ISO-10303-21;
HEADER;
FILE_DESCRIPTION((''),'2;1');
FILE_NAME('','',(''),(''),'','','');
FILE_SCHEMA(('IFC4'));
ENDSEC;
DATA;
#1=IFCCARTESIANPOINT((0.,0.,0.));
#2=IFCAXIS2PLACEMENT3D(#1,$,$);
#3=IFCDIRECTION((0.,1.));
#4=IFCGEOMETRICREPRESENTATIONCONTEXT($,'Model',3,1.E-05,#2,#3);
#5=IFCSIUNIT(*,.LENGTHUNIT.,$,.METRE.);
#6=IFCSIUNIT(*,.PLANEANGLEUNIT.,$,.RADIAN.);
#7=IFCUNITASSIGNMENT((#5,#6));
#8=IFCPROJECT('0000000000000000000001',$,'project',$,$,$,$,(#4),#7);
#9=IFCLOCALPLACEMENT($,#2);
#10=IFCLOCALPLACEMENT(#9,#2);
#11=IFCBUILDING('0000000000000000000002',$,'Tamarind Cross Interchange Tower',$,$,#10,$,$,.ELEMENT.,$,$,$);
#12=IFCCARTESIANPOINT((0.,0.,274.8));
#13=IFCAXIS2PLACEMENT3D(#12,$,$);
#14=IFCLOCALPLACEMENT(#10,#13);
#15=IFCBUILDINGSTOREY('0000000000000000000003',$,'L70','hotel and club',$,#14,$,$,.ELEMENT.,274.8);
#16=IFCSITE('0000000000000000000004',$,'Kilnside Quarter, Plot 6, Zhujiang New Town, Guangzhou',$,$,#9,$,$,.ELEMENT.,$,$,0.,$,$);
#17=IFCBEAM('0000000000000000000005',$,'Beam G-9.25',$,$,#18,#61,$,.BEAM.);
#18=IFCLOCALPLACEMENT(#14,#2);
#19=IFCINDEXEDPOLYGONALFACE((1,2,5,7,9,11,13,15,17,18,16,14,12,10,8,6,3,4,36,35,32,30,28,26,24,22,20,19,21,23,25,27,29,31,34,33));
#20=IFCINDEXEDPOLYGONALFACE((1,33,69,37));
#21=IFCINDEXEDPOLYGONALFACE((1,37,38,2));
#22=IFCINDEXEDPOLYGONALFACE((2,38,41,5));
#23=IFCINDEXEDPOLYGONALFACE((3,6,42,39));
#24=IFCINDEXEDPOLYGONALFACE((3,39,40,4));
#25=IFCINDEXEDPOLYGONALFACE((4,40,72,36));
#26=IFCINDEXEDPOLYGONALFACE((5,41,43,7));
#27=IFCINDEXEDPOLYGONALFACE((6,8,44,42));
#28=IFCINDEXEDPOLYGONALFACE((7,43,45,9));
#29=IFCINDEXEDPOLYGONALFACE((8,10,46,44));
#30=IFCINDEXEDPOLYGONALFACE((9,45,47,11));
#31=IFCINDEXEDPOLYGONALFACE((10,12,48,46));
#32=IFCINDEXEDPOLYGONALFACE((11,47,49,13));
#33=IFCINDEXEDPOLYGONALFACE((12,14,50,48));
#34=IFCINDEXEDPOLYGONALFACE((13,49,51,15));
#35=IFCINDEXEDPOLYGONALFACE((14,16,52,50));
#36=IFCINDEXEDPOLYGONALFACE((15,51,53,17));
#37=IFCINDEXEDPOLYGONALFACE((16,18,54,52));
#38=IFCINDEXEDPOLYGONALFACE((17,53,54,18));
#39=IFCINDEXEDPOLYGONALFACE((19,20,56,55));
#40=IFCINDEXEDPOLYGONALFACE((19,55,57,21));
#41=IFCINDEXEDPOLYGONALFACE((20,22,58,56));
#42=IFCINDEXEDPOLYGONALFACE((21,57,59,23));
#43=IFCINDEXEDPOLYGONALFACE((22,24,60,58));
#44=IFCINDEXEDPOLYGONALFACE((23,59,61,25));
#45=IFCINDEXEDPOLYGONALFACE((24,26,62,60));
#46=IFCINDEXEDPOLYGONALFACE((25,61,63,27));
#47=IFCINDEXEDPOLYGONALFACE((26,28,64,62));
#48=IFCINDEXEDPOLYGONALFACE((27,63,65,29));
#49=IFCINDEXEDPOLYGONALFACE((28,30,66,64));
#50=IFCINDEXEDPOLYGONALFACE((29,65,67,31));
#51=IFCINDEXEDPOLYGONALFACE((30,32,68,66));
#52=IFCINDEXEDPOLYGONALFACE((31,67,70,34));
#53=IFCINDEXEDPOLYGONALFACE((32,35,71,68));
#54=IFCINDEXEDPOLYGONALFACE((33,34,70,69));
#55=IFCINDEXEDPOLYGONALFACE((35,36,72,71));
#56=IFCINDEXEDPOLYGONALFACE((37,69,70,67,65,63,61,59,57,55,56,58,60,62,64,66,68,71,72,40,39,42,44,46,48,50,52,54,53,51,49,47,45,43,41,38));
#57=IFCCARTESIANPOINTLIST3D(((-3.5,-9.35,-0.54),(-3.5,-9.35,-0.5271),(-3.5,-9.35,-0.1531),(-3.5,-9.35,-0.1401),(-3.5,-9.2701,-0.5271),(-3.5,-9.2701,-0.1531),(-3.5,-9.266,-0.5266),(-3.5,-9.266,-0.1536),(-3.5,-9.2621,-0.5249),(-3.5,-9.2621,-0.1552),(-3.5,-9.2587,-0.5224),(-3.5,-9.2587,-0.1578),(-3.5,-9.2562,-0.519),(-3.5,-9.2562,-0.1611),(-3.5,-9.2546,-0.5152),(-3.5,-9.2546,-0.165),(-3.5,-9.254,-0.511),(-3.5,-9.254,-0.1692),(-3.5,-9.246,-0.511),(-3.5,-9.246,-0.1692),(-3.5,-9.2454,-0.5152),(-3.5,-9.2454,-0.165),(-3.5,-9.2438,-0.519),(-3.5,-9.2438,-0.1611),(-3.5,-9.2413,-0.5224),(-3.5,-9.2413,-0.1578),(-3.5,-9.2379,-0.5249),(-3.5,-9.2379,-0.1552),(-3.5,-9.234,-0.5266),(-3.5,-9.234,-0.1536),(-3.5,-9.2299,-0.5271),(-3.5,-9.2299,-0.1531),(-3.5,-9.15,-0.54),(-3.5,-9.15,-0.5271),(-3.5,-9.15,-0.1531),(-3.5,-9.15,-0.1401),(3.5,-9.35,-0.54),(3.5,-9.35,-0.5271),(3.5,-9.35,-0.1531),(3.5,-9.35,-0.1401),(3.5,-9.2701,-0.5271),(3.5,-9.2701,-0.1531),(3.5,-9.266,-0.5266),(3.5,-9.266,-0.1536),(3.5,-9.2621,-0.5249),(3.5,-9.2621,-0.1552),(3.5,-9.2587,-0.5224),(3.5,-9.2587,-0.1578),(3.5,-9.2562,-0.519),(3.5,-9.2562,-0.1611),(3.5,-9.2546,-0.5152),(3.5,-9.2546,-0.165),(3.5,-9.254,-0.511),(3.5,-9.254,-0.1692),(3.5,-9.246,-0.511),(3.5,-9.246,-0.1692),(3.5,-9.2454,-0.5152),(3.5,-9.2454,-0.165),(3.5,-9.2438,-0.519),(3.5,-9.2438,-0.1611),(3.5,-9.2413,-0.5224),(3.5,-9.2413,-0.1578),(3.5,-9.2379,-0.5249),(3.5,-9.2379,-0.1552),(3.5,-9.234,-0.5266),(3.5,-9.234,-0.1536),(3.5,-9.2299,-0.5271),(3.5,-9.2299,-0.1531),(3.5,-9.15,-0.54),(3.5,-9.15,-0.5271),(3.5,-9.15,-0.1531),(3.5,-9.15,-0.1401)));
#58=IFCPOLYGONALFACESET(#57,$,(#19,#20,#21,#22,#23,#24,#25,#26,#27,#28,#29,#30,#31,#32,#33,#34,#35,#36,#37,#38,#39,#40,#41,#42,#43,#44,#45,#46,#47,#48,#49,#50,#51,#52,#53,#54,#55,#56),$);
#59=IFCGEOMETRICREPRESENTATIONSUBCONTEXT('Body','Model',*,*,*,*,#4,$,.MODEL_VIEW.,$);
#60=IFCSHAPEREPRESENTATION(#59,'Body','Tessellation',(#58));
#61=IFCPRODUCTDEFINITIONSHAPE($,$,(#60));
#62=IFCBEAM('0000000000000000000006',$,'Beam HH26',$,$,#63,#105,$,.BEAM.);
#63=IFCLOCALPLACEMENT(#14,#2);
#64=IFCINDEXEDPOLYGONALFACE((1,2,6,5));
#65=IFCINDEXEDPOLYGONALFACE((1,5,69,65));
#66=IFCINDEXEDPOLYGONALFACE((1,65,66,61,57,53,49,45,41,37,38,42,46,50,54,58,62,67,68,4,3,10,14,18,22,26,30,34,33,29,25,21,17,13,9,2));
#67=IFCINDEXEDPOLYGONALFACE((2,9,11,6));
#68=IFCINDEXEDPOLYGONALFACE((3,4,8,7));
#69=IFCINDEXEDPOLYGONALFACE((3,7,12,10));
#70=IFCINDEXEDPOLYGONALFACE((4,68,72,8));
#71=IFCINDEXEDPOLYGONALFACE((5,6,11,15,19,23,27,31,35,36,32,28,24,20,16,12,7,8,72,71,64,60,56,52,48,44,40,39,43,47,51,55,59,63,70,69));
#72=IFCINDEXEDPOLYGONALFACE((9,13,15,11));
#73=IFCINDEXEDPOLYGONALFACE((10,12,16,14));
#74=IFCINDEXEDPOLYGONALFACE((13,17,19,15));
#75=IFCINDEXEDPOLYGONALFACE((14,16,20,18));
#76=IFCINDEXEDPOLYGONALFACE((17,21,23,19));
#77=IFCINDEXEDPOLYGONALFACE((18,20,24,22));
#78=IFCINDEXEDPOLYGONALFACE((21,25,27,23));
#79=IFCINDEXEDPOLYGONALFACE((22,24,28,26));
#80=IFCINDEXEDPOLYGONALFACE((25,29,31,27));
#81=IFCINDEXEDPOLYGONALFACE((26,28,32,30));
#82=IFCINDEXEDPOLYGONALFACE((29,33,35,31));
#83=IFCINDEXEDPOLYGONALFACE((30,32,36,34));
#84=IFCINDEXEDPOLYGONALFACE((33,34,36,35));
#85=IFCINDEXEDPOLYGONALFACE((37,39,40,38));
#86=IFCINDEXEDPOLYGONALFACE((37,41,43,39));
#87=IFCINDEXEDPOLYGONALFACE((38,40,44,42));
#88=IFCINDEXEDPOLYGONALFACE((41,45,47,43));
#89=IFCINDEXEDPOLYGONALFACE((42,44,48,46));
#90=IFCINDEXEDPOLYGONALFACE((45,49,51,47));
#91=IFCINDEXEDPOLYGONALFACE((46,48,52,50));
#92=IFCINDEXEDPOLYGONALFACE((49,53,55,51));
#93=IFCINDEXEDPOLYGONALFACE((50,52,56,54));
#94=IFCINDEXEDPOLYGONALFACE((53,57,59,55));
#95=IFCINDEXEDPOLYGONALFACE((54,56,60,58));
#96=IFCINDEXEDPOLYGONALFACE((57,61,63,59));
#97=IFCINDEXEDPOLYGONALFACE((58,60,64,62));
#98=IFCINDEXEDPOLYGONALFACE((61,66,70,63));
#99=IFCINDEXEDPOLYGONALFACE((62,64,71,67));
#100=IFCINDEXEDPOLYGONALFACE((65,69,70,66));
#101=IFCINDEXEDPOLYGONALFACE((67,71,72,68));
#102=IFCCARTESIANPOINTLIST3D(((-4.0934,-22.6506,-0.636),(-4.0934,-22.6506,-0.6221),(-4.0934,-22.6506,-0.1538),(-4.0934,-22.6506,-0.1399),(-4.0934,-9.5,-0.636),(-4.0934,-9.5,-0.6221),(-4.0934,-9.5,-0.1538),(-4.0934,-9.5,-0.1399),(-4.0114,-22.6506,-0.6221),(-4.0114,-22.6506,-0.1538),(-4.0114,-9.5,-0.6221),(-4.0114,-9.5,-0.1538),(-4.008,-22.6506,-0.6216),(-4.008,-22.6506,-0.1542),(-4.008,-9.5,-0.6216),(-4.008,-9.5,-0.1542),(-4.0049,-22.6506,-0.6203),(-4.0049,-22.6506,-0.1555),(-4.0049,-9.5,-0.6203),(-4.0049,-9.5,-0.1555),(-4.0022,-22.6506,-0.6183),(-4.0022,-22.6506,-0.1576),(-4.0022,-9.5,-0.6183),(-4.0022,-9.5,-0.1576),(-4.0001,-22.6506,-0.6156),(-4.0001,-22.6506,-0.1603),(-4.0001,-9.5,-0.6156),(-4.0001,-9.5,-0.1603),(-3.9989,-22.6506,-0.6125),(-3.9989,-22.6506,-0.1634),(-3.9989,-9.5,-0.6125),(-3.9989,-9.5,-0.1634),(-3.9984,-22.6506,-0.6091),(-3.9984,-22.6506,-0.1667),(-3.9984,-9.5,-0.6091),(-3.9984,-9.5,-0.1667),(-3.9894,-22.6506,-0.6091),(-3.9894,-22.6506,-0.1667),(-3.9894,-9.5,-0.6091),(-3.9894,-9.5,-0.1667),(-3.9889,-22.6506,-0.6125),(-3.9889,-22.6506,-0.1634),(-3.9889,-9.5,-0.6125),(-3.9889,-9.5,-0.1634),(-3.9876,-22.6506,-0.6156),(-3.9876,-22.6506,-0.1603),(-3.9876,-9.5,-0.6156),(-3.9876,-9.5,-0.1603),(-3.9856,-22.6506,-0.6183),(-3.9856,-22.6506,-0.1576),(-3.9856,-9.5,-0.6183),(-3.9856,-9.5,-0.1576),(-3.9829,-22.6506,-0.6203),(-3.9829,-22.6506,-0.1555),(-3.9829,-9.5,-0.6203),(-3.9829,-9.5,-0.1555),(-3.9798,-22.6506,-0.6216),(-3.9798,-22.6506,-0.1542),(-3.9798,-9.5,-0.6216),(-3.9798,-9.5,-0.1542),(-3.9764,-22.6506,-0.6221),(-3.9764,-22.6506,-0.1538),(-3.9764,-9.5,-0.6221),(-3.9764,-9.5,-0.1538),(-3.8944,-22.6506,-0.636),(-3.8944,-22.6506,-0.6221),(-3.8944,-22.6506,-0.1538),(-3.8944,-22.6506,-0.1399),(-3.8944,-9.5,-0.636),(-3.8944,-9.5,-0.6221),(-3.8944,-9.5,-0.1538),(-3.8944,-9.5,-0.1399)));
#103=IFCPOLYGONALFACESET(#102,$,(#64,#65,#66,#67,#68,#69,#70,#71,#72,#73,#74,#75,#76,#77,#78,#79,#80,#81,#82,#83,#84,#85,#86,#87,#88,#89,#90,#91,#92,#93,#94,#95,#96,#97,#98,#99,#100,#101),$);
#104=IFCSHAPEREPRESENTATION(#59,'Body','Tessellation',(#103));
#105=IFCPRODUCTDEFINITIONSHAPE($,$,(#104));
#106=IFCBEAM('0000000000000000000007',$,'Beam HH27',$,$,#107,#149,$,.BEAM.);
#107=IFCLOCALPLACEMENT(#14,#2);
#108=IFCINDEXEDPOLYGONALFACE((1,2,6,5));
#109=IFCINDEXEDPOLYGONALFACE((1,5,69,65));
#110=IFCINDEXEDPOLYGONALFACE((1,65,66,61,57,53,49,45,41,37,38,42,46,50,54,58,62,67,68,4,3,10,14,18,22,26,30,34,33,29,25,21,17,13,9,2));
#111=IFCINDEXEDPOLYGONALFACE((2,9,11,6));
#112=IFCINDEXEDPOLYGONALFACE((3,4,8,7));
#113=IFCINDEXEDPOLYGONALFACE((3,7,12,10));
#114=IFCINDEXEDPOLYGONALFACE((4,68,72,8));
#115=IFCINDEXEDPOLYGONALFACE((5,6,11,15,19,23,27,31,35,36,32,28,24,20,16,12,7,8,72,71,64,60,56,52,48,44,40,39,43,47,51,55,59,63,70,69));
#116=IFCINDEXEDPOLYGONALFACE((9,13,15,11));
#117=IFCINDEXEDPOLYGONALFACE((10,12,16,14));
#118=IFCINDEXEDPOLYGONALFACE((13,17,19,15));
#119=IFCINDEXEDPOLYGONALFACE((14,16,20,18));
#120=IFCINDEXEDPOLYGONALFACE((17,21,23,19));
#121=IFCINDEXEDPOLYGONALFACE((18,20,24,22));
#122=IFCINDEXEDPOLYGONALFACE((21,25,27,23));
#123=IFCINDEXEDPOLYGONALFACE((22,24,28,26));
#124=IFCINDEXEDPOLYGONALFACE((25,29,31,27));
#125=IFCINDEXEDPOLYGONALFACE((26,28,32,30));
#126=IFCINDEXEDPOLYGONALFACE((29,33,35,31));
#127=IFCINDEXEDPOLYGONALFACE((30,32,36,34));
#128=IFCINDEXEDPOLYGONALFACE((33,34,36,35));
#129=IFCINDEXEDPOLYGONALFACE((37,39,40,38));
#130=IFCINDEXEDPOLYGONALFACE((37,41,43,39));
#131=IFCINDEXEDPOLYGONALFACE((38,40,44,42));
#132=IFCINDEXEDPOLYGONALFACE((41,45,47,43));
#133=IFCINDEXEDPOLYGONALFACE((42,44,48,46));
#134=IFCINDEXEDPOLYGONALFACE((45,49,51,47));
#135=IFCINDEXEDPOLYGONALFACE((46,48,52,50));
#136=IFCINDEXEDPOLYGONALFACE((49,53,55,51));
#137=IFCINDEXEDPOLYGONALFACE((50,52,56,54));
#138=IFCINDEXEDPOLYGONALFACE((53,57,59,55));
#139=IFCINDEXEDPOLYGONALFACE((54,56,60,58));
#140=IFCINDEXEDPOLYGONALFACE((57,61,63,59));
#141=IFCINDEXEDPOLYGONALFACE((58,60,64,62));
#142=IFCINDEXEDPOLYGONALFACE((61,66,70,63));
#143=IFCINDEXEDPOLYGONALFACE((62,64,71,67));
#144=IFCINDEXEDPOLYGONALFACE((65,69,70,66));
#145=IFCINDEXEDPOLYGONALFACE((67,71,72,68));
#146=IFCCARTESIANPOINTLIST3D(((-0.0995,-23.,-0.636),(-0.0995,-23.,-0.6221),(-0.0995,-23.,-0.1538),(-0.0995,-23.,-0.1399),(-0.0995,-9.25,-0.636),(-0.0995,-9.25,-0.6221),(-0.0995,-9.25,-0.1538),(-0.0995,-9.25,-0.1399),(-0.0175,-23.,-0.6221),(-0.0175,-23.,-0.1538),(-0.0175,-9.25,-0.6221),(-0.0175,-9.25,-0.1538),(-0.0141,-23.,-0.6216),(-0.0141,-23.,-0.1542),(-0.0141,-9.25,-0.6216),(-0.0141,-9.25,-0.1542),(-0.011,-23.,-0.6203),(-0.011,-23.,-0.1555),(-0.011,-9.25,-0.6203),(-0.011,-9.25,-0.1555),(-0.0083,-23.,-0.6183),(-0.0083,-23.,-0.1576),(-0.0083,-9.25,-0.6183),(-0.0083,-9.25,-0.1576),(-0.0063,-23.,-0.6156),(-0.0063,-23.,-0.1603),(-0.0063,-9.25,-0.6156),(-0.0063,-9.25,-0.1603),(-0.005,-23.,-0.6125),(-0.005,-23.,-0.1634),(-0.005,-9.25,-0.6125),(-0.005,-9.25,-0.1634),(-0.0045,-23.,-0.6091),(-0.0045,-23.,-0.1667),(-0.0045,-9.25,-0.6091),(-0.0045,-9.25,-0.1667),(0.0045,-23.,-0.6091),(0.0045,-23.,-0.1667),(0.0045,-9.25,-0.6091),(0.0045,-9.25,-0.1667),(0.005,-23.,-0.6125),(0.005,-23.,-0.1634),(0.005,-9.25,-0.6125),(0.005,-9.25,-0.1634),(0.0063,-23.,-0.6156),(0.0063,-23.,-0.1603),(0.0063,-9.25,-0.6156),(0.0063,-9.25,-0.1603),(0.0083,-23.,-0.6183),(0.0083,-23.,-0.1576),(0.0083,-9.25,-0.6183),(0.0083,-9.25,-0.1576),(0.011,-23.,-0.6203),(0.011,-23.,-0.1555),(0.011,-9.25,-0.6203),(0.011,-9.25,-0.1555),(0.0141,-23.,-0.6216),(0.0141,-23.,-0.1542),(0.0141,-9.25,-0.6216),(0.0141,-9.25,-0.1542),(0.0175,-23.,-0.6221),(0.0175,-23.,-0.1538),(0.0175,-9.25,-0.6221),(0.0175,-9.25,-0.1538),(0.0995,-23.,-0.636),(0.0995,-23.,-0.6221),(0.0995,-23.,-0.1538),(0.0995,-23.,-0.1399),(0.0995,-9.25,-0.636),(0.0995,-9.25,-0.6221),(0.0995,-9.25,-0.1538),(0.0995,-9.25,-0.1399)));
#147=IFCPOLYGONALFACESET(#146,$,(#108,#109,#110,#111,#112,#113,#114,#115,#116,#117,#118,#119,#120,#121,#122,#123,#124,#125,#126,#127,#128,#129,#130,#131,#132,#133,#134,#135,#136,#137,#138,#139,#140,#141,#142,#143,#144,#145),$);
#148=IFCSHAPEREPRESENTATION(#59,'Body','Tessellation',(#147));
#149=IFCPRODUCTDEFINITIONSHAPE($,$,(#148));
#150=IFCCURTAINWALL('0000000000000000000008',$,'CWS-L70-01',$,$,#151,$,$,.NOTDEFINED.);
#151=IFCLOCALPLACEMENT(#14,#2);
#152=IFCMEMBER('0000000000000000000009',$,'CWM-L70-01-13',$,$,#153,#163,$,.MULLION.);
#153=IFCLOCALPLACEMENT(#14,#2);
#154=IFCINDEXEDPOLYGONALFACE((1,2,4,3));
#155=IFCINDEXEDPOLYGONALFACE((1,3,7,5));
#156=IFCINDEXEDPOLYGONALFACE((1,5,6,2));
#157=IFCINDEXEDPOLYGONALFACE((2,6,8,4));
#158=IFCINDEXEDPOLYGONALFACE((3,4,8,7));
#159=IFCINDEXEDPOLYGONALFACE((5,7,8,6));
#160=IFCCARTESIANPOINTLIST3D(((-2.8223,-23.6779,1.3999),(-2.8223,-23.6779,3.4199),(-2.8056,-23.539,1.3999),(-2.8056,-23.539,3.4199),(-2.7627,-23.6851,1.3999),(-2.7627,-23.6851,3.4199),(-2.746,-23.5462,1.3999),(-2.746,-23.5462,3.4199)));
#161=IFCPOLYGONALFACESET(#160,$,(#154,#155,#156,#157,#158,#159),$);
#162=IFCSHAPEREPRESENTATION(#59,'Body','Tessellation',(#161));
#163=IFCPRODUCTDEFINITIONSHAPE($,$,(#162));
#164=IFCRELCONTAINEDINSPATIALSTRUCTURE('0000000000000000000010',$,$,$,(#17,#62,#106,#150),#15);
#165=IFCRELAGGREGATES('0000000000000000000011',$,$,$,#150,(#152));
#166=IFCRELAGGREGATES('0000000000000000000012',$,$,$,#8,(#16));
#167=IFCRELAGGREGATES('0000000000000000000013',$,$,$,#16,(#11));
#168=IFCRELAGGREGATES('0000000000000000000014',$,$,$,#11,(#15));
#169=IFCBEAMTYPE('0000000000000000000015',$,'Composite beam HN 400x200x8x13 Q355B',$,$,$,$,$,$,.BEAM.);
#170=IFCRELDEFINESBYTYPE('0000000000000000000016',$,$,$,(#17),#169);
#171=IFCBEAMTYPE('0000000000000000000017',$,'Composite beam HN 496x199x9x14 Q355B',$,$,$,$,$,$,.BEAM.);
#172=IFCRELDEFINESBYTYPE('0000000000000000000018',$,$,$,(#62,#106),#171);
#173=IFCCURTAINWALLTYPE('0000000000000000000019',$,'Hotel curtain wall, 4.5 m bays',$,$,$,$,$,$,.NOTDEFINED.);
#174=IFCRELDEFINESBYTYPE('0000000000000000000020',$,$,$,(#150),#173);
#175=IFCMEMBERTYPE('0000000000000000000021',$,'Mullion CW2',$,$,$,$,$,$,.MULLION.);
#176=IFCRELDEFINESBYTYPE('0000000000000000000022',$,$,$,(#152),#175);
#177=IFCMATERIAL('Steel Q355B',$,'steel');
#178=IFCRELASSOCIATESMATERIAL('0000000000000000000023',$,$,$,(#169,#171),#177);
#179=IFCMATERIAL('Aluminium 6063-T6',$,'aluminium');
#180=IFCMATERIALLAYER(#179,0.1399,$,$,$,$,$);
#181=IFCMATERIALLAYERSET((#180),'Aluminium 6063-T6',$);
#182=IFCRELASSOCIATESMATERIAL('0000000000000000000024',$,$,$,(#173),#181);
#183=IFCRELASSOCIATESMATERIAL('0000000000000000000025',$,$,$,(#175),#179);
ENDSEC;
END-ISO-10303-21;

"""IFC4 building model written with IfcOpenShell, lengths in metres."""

from ifc_helpers import new_model, si_unit, direction, frame, origin, origin_2d, place, context, subcontext, project, spatial, rectangle, i_section, extrude, material, layer, layer_set, material_profile, profile_set, type_object, element, aggregate, save


model = new_model("IFC4")

# Units and contexts
model_context = context("Model", 3, precision=1e-05, world=origin(), true_north=direction((0.0, 1.0)))
body_context = subcontext(model_context, "Body", "Model", "MODEL_VIEW")
ifc_project = project(units=[si_unit("LENGTHUNIT", "METRE"), si_unit("PLANEANGLEUNIT", "RADIAN")], contexts=[model_context])

# Site, building, storey
site_placement = place(None, origin())
site = spatial("IfcSite", under=ifc_project, at=site_placement, Name="Kilnside Quarter, Plot 6, Zhujiang New Town, Guangzhou", CompositionType="ELEMENT", RefElevation=0.0)
building_placement = place(site_placement, origin())
building = spatial("IfcBuilding", under=site, at=building_placement, Name="Tamarind Cross Interchange Tower", CompositionType="ELEMENT")
storey_placement = place(building_placement, frame((0.0, 0.0, 274.8)))
storey = spatial("IfcBuildingStorey", under=building, at=storey_placement, Name="L70", Description="hotel and club", CompositionType="ELEMENT", Elevation=274.8)

# Beams
ifc_material_1 = material(Name="Steel Q355B", Category="steel")
ifc_material_profile_1 = material_profile(ifc_material_1, i_section(OverallWidth=0.2, OverallDepth=0.3999, WebThickness=0.0081, FlangeThickness=0.0129, FilletRadius=0.0161, at=origin_2d()), Name="HN 400x200x8x13")
ifc_profile_set_1 = profile_set([ifc_material_profile_1], Name="Steel Q355B")
beam_type_1 = type_object("IfcBeamType", Name="Composite beam HN 400x200x8x13 Q355B", PredefinedType="BEAM", material=ifc_profile_set_1)
for number, where, z_axis, x_axis, name in (
    (1, (-3.5, -9.25, -0.3401), (1.0, 0.0, 0.0), (0.0, 1.0, 0.0), "Beam G-9.25"),
):
    element("IfcBeam", number, at=place(storey_placement, frame(where, z_axis=z_axis, x_axis=x_axis)), inside=storey, type_object=beam_type_1, Name=name, PredefinedType="BEAM", context=body_context, shape_type="SweptSolid", body=[
        extrude(i_section(OverallWidth=0.2, OverallDepth=0.3999, WebThickness=0.0081, FlangeThickness=0.0129, FilletRadius=0.0161, at=origin_2d()), origin(), (0.0, 0.0, 1.0), 7.0),
    ])
ifc_material_profile_2 = material_profile(ifc_material_1, i_section(OverallWidth=0.199, OverallDepth=0.4961, WebThickness=0.009, FlangeThickness=0.0139, FilletRadius=0.0129, at=origin_2d()), Name="HN 496x199x9x14")
ifc_profile_set_2 = profile_set([ifc_material_profile_2], Name="Steel Q355B")
beam_type_2 = type_object("IfcBeamType", Name="Composite beam HN 496x199x9x14 Q355B", PredefinedType="BEAM", material=ifc_profile_set_2)
beam_1_placement = place(storey_placement, frame((-3.9939, -22.6506, -0.3879), z_axis=(0.0, 1.0, 0.0), x_axis=(-1.0, 0.0, 0.0)))
element("IfcBeam", 2, at=beam_1_placement, inside=storey, type_object=beam_type_2, Name="Beam HH26", PredefinedType="BEAM", context=body_context, shape_type="SweptSolid", body=[
    extrude(i_section(OverallWidth=0.199, OverallDepth=0.4961, WebThickness=0.009, FlangeThickness=0.0139, FilletRadius=0.0129, at=origin_2d()), origin(), (0.0, 0.0, 1.0), 13.1506),
])
beam_2_placement = place(storey_placement, frame((0.0, -23.0, -0.3879), z_axis=(0.0, 1.0, 0.0), x_axis=(-1.0, 0.0, 0.0)))
element("IfcBeam", 3, at=beam_2_placement, inside=storey, type_object=beam_type_2, Name="Beam HH27", PredefinedType="BEAM", context=body_context, shape_type="SweptSolid", body=[
    extrude(i_section(OverallWidth=0.199, OverallDepth=0.4961, WebThickness=0.009, FlangeThickness=0.0139, FilletRadius=0.0129, at=origin_2d()), origin(), (0.0, 0.0, 1.0), 13.75),
])

# Curtain wall, member
ifc_material_2 = material(Name="Aluminium 6063-T6", Category="aluminium")
ifc_layer_1 = layer(ifc_material_2, 0.1399)
ifc_layer_set_1 = layer_set([ifc_layer_1], Name="Aluminium 6063-T6")
curtain_wall_type = type_object("IfcCurtainWallType", Name="Hotel curtain wall, 4.5 m bays", PredefinedType="NOTDEFINED", material=ifc_layer_set_1)
curtain_wall_placement = place(storey_placement, origin())
curtain_wall = element("IfcCurtainWall", 4, at=curtain_wall_placement, inside=storey, type_object=curtain_wall_type, Name="CWS-L70-01", PredefinedType="NOTDEFINED")
ifc_material_profile_3 = material_profile(ifc_material_2, rectangle(XDim=0.0601, YDim=0.1399, at=origin_2d()), Name="Mullion CW2")
ifc_profile_set_3 = profile_set([ifc_material_profile_3], Name="Aluminium 6063-T6")
member_type = type_object("IfcMemberType", Name="Mullion CW2", PredefinedType="MULLION", material=ifc_profile_set_3)
member_placement = place(storey_placement, frame((-2.7842, -23.6121, 1.3999), z_axis=(0.0, 0.0, 1.0), x_axis=(0.992844, -0.119421, 0.0)))
member = element("IfcMember", 5, at=member_placement, type_object=member_type, Name="CWM-L70-01-13", PredefinedType="MULLION", context=body_context, shape_type="SweptSolid", body=[
    extrude(rectangle(XDim=0.0601, YDim=0.1399, at=origin_2d()), origin(), (0.0, 0.0, 1.0), 2.02),
])
aggregate(curtain_wall, [member])

save(model, "model.ifc")
